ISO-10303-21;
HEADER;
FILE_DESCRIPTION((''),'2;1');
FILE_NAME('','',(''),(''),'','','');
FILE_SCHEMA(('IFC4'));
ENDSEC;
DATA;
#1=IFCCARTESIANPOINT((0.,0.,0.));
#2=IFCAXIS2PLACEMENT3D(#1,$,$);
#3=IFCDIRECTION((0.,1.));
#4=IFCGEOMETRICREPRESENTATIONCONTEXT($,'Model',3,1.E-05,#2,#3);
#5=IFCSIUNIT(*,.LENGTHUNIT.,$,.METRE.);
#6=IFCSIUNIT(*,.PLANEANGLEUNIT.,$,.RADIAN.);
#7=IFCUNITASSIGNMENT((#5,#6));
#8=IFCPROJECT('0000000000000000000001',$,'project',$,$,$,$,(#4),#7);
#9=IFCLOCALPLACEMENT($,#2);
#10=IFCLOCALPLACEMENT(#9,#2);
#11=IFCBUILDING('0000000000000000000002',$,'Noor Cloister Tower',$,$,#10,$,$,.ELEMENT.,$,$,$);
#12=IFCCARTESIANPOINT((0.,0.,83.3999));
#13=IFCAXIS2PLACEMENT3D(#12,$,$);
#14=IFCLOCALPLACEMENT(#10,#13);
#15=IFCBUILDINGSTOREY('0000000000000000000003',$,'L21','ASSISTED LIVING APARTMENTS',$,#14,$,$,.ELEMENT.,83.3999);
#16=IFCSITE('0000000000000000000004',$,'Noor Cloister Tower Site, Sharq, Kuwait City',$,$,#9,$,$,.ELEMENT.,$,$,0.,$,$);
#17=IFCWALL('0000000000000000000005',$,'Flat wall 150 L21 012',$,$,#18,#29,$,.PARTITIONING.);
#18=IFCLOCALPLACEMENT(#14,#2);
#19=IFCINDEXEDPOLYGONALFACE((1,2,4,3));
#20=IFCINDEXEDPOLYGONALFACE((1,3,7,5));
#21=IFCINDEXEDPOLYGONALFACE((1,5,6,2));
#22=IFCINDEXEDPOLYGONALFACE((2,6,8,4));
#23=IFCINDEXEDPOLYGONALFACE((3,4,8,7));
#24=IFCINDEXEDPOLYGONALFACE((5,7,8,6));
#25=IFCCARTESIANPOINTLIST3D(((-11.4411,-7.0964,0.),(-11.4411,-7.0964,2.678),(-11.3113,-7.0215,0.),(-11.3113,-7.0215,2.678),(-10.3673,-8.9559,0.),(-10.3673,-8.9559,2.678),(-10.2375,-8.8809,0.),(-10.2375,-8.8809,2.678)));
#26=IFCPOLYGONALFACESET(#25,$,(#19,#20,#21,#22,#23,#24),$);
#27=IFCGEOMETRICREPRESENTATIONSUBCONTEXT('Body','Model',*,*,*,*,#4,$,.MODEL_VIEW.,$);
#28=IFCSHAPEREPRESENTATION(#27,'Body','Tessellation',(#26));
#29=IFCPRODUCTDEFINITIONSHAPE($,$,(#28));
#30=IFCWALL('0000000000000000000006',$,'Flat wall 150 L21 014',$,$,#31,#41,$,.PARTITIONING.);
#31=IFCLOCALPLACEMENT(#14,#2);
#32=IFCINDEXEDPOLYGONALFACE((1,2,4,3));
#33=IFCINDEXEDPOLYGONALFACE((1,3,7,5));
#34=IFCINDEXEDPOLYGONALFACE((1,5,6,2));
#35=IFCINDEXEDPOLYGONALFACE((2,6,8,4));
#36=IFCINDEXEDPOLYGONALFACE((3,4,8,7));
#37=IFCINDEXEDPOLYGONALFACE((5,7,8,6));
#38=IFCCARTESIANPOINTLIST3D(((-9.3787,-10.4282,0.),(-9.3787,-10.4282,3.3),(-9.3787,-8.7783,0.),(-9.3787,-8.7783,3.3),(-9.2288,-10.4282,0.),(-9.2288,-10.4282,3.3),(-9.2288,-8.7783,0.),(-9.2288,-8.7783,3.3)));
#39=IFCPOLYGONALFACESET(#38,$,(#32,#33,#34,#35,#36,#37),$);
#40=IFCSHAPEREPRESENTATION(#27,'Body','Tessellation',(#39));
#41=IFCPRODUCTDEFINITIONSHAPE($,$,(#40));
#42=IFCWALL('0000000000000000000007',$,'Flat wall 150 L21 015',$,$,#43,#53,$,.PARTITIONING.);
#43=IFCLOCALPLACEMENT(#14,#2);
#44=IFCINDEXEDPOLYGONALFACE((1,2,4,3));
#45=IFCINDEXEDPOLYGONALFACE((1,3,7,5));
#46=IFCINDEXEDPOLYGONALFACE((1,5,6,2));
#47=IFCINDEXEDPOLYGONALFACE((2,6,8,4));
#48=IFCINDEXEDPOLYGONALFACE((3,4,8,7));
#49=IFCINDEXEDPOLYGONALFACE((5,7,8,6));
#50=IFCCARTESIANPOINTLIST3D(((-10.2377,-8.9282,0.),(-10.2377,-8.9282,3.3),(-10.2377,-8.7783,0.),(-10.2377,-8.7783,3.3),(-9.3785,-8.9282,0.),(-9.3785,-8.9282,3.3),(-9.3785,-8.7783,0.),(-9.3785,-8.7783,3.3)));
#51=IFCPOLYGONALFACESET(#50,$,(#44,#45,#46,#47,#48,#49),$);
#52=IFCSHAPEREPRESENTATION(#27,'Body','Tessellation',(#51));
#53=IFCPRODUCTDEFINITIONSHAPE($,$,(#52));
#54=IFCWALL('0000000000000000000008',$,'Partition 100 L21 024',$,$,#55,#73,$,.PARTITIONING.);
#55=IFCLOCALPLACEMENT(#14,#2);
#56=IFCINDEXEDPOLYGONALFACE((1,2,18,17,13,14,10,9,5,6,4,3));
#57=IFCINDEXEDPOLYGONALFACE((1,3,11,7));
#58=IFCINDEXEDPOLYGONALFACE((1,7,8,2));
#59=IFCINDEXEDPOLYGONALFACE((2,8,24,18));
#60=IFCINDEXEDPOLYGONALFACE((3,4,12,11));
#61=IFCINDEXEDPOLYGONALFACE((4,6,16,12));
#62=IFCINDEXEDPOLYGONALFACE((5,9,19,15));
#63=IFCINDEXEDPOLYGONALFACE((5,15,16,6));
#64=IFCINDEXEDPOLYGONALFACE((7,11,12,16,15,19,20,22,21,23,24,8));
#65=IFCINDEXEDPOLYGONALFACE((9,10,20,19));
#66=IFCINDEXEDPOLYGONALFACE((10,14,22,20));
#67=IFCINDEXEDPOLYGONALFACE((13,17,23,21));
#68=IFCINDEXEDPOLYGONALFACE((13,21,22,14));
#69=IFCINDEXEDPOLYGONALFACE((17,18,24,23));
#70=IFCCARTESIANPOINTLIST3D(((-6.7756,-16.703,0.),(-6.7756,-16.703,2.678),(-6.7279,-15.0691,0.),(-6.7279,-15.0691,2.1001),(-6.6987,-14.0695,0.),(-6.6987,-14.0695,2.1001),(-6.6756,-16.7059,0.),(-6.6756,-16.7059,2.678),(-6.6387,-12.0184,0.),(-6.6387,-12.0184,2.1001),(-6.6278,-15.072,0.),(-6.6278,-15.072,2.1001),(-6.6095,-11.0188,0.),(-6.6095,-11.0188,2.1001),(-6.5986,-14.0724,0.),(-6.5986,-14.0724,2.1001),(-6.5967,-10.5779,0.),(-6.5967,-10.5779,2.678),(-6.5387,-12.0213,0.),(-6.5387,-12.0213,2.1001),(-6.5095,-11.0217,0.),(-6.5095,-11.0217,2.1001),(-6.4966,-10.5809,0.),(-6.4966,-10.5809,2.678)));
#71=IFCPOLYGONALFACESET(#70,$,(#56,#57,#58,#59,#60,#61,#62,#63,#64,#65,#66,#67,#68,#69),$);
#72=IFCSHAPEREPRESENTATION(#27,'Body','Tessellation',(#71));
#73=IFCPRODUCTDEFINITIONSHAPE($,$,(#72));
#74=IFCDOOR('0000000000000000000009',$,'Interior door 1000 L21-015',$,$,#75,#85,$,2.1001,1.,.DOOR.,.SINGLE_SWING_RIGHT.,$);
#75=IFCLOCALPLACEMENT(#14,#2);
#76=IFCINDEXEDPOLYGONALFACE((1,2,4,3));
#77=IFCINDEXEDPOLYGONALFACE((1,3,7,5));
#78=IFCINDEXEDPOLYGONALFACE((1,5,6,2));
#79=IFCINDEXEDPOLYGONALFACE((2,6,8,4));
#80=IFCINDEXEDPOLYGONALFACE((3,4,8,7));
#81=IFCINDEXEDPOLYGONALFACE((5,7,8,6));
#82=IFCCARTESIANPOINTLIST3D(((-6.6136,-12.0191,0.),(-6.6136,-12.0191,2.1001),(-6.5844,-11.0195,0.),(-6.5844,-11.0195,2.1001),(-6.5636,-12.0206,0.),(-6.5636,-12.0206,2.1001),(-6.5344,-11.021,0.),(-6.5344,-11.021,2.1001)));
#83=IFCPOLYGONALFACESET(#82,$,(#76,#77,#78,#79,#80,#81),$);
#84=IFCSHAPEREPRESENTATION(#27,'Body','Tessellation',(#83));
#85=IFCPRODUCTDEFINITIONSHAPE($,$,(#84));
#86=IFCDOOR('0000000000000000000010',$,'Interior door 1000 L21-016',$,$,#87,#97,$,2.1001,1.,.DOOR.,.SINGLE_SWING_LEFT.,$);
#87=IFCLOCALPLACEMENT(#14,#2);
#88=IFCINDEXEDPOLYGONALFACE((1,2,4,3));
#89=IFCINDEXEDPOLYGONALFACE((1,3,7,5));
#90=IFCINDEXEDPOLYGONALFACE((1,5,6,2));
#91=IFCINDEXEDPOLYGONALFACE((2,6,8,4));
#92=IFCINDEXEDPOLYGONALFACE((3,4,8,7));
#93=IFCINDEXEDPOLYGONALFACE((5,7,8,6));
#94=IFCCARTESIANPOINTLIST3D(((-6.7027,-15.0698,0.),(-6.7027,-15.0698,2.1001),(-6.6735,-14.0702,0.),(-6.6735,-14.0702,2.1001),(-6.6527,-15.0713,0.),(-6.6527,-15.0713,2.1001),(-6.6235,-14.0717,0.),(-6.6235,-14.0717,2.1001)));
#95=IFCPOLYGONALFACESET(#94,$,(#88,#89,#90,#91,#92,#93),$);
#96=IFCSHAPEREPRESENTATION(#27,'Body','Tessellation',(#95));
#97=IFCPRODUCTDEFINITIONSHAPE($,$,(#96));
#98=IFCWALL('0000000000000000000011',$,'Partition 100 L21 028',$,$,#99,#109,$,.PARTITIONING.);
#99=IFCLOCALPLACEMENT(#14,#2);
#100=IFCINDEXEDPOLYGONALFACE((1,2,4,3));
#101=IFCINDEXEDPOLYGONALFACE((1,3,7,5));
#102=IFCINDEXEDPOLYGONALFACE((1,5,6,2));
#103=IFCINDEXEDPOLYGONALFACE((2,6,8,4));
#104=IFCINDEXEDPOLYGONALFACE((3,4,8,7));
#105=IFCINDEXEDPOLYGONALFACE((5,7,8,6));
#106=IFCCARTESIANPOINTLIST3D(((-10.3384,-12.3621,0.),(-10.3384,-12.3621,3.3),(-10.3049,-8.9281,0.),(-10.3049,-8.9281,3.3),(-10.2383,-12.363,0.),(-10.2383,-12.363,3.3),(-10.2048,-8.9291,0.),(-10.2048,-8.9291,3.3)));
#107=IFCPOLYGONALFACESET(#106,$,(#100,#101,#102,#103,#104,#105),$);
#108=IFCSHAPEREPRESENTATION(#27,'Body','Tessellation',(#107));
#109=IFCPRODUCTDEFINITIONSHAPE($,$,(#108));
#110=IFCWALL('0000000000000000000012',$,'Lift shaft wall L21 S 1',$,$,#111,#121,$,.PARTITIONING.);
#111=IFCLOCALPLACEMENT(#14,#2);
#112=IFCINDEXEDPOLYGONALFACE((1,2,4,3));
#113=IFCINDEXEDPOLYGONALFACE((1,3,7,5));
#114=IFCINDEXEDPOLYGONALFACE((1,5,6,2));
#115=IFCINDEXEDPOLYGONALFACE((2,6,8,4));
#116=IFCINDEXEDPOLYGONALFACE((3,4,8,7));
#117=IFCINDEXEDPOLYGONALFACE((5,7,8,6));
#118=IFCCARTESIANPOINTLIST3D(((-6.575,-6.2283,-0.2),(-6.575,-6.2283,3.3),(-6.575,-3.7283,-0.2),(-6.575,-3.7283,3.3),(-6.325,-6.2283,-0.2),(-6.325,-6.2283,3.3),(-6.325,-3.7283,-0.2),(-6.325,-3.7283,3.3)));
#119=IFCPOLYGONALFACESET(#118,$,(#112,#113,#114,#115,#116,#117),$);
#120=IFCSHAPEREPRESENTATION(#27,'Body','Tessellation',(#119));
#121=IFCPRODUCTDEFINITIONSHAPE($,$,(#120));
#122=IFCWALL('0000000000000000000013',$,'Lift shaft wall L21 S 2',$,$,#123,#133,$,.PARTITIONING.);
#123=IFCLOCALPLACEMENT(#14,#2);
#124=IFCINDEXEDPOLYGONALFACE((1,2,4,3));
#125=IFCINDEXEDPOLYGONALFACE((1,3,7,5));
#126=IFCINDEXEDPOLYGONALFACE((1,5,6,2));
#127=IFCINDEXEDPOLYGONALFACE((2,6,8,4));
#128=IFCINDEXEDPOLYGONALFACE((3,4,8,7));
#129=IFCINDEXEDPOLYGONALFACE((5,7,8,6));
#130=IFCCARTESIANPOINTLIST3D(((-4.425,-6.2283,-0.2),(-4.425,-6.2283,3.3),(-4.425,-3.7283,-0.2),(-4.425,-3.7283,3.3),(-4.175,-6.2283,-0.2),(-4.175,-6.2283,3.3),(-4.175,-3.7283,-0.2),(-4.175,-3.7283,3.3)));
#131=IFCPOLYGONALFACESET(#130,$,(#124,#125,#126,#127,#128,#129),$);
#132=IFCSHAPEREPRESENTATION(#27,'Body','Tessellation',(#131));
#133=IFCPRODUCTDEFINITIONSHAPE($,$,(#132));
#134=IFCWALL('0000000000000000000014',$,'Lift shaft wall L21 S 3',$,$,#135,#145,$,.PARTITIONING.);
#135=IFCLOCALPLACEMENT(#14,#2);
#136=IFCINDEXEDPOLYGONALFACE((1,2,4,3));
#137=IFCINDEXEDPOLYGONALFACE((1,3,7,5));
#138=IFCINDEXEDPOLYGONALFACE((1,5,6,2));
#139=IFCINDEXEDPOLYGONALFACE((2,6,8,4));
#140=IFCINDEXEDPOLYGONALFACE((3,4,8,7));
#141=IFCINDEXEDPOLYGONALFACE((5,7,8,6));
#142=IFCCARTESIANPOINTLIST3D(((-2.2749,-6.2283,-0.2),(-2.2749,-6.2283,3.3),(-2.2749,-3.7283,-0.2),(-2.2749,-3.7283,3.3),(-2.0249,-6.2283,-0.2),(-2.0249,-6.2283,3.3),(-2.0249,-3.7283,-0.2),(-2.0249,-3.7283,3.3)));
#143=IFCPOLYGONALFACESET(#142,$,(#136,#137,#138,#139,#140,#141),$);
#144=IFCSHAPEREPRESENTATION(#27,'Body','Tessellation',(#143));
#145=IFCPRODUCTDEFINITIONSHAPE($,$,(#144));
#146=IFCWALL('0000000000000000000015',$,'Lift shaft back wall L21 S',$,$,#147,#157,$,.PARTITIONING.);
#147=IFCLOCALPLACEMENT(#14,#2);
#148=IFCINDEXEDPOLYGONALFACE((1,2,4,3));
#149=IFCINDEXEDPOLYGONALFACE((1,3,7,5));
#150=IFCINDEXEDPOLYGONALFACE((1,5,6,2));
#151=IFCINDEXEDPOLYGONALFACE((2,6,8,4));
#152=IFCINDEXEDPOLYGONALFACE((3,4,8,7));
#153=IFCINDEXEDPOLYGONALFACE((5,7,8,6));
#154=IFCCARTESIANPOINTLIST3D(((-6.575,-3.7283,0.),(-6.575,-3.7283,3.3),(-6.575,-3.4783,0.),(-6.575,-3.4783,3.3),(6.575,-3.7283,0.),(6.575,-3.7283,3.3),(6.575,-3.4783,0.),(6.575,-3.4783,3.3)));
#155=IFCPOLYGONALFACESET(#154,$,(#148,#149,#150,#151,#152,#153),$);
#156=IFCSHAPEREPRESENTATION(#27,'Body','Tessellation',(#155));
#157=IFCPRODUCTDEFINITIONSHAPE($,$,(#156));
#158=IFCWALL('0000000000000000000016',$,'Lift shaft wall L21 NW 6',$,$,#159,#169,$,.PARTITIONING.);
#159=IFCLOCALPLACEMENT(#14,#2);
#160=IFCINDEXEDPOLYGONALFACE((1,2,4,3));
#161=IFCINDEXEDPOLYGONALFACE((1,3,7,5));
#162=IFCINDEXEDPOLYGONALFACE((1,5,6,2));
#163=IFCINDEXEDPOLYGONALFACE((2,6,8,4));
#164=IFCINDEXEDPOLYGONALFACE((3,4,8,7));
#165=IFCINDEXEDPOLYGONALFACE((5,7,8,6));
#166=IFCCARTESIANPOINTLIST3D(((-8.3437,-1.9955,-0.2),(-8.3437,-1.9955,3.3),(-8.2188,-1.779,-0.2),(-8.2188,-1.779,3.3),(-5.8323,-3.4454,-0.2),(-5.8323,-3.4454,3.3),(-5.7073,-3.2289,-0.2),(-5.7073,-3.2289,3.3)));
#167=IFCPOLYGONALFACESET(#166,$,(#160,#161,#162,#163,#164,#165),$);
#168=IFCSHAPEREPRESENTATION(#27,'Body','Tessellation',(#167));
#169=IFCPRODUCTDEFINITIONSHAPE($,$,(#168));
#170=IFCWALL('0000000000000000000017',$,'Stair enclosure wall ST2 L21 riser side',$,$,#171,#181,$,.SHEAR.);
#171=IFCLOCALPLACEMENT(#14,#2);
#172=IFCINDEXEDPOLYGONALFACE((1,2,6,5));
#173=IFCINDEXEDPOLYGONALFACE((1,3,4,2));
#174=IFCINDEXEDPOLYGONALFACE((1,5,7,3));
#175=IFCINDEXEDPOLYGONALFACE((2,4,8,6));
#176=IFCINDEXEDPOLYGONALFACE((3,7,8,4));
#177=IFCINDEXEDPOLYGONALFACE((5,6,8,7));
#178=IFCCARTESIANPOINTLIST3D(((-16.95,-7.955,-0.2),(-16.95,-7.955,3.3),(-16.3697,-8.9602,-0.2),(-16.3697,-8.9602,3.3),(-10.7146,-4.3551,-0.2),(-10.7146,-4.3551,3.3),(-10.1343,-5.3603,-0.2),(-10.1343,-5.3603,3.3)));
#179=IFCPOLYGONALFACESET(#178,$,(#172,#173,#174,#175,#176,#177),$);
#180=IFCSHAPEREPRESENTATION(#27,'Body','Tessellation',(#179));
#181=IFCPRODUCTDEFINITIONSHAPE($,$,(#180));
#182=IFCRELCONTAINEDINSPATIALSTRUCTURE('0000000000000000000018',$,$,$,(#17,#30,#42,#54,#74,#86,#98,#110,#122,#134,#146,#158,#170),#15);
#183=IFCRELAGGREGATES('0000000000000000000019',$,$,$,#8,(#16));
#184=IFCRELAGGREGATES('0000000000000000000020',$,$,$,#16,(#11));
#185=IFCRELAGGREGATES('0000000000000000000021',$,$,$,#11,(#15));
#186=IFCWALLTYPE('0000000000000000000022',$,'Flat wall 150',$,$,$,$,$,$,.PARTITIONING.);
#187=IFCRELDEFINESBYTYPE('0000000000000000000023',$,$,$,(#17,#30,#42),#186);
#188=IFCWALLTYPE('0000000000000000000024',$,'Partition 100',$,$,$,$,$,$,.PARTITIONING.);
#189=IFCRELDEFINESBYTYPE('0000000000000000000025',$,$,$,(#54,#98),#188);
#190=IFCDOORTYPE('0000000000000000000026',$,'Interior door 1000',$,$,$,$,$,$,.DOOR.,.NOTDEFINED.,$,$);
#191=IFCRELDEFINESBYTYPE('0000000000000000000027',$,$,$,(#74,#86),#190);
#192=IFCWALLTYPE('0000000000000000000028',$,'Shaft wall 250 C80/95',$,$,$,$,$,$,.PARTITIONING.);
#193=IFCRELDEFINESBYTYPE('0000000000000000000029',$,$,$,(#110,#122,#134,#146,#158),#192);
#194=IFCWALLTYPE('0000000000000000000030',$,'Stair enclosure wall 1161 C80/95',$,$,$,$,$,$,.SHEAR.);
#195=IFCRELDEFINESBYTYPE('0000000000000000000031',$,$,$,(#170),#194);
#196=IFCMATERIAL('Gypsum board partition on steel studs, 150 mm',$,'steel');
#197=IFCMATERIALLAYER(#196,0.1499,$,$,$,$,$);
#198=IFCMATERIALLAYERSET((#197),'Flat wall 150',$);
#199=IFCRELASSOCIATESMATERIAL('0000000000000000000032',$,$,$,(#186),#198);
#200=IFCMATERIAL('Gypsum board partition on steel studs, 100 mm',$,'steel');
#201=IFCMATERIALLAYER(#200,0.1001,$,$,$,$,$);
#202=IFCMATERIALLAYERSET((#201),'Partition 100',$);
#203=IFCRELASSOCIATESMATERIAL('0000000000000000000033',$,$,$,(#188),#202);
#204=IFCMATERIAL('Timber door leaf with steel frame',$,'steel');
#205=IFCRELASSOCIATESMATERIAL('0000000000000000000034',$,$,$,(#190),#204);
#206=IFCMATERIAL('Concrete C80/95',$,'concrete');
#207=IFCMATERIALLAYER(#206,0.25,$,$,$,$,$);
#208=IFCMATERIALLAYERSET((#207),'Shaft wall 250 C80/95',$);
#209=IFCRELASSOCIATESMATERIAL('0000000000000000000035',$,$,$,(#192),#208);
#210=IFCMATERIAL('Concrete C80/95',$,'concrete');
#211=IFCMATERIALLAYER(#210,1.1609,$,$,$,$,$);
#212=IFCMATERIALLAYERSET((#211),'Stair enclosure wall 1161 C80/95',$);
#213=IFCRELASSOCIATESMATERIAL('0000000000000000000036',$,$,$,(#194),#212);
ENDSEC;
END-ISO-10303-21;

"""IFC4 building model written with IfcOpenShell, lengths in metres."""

from ifc_helpers import new_model, si_unit, direction, frame, frame_2d, origin, place, context, subcontext, project, spatial, rectangle, extrude, material, layer, layer_set, type_object, element, fill, save


model = new_model("IFC4")

# Units and contexts
model_context = context("Model", 3, precision=1e-05, world=origin(), true_north=direction((0.0, 1.0)))
body_context = subcontext(model_context, "Body", "Model", "MODEL_VIEW")
ifc_project = project(units=[si_unit("LENGTHUNIT", "METRE"), si_unit("PLANEANGLEUNIT", "RADIAN")], contexts=[model_context])

# Site, building, storey
site_placement = place(None, origin())
site = spatial("IfcSite", under=ifc_project, at=site_placement, Name="Noor Cloister Tower Site, Sharq, Kuwait City", CompositionType="ELEMENT", RefElevation=0.0)
building_placement = place(site_placement, origin())
building = spatial("IfcBuilding", under=site, at=building_placement, Name="Noor Cloister Tower", CompositionType="ELEMENT")
storey_placement = place(building_placement, frame((0.0, 0.0, 83.3999)))
storey = spatial("IfcBuildingStorey", under=building, at=storey_placement, Name="L21", Description="ASSISTED LIVING APARTMENTS", CompositionType="ELEMENT", Elevation=83.3999)

# Walls
ifc_material_1 = material(Name="Gypsum board partition on steel studs, 150 mm", Category="steel")
ifc_layer_1 = layer(ifc_material_1, 0.1499)
ifc_layer_set_1 = layer_set([ifc_layer_1], Name="Flat wall 150")
wall_type_1 = type_object("IfcWallType", Name="Flat wall 150", PredefinedType="PARTITIONING", material=ifc_layer_set_1)
wall_1_placement = place(storey_placement, frame((-11.3762, -7.0588, 0.0), z_axis=(0.0, 0.0, 1.0), x_axis=(0.500077, -0.865981, 0.0)))
element("IfcWall", 1, at=wall_1_placement, inside=storey, type_object=wall_type_1, Name="Flat wall 150 L21 012", PredefinedType="PARTITIONING", context=body_context, shape_type="SweptSolid", body=[
    extrude(rectangle(XDim=2.1472, YDim=0.1499, at=frame_2d((1.0737, 0.0))), origin(), (0.0, 0.0, 1.0), 2.678),
])
wall_2_placement = place(storey_placement, frame((-9.3037, -10.4282, 0.0), z_axis=(0.0, 0.0, 1.0), x_axis=(0.0, 1.0, 0.0)))
element("IfcWall", 2, at=wall_2_placement, inside=storey, type_object=wall_type_1, Name="Flat wall 150 L21 014", PredefinedType="PARTITIONING", context=body_context, shape_type="SweptSolid", body=[
    extrude(rectangle(XDim=1.6499, YDim=0.1499, at=frame_2d((0.825, 0.0))), origin(), (0.0, 0.0, 1.0), 3.3),
])
wall_3_placement = place(storey_placement, frame((-10.2378, -8.8533, 0.0), z_axis=(0.0, 0.0, 1.0), x_axis=(1.0, 0.0, 0.0)))
element("IfcWall", 3, at=wall_3_placement, inside=storey, type_object=wall_type_1, Name="Flat wall 150 L21 015", PredefinedType="PARTITIONING", context=body_context, shape_type="SweptSolid", body=[
    extrude(rectangle(XDim=0.8591, YDim=0.1499, at=frame_2d((0.4297, 0.0))), origin(), (0.0, 0.0, 1.0), 3.3),
])

# Wall, openings, doors
ifc_material_2 = material(Name="Gypsum board partition on steel studs, 100 mm", Category="steel")
ifc_layer_2 = layer(ifc_material_2, 0.1001)
ifc_layer_set_2 = layer_set([ifc_layer_2], Name="Partition 100")
wall_type_2 = type_object("IfcWallType", Name="Partition 100", PredefinedType="PARTITIONING", material=ifc_layer_set_2)
wall_4_placement = place(storey_placement, frame((-6.7256, -16.7046, 0.0), z_axis=(0.0, 0.0, 1.0), x_axis=(0.029205, 0.999573, 0.0)))
wall_4 = element("IfcWall", 4, at=wall_4_placement, inside=storey, type_object=wall_type_2, Name="Partition 100 L21 024", PredefinedType="PARTITIONING", context=body_context, shape_type="SweptSolid", body=[
    extrude(rectangle(XDim=6.1277, YDim=0.1001, at=frame_2d((3.064, 0.0))), origin(), (0.0, 0.0, 1.0), 2.678),
])
opening_1_placement = place(wall_4_placement, frame((4.6868, 0.0, 0.0)))
opening_1 = element("IfcOpeningElement", 5, at=opening_1_placement, cuts=wall_4, PredefinedType="OPENING", context=body_context, shape_type="SweptSolid", body=[
    extrude(rectangle(XDim=1.0, YDim=2.1001, at=frame_2d((0.5, 1.05))), frame((0.0, 0.0601, 0.0), z_axis=(0.0, -1.0, 0.0), x_axis=(1.0, 0.0, 0.0)), (0.0, 0.0, 1.0), 0.1201),
])
opening_2_placement = place(wall_4_placement, frame((1.6348, 0.0, 0.0)))
opening_2 = element("IfcOpeningElement", 6, at=opening_2_placement, cuts=wall_4, PredefinedType="OPENING", context=body_context, shape_type="SweptSolid", body=[
    extrude(rectangle(XDim=1.0, YDim=2.1001, at=frame_2d((0.5, 1.05))), frame((0.0, 0.0601, 0.0), z_axis=(0.0, -1.0, 0.0), x_axis=(1.0, 0.0, 0.0)), (0.0, 0.0, 1.0), 0.1201),
])
ifc_material_3 = material(Name="Timber door leaf with steel frame", Category="steel")
door_type_1 = type_object("IfcDoorType", Name="Interior door 1000", OperationType="NOTDEFINED", PredefinedType="DOOR", material=ifc_material_3)
door_1_placement = place(opening_1_placement, origin())
door_1 = element("IfcDoor", 7, at=door_1_placement, inside=storey, type_object=door_type_1, Name="Interior door 1000 L21-015", OperationType="SINGLE_SWING_RIGHT", OverallHeight=2.1001, OverallWidth=1.0, PredefinedType="DOOR", context=body_context, shape_type="SweptSolid", body=[
    extrude(rectangle(XDim=1.0, YDim=2.1001, at=frame_2d((0.5, 1.05))), frame((0.0, 0.0249, 0.0), z_axis=(0.0, -1.0, 0.0), x_axis=(1.0, 0.0, 0.0)), (0.0, 0.0, 1.0), 0.05),
])
fill(opening_1, door_1)
door_2_placement = place(opening_2_placement, origin())
door_2 = element("IfcDoor", 8, at=door_2_placement, inside=storey, type_object=door_type_1, Name="Interior door 1000 L21-016", OperationType="SINGLE_SWING_LEFT", OverallHeight=2.1001, OverallWidth=1.0, PredefinedType="DOOR", context=body_context, shape_type="SweptSolid", body=[
    extrude(rectangle(XDim=1.0, YDim=2.1001, at=frame_2d((0.5, 1.05))), frame((0.0, 0.0249, 0.0), z_axis=(0.0, -1.0, 0.0), x_axis=(1.0, 0.0, 0.0)), (0.0, 0.0, 1.0), 0.05),
])
fill(opening_2, door_2)

# Walls
wall_5_placement = place(storey_placement, frame((-10.2883, -12.3625, 0.0), z_axis=(0.0, 0.0, 1.0), x_axis=(0.00974, 0.999953, 0.0)))
element("IfcWall", 9, at=wall_5_placement, inside=storey, type_object=wall_type_2, Name="Partition 100 L21 028", PredefinedType="PARTITIONING", context=body_context, shape_type="SweptSolid", body=[
    extrude(rectangle(XDim=3.4341, YDim=0.1001, at=frame_2d((1.717, 0.0))), origin(), (0.0, 0.0, 1.0), 3.3),
])
ifc_material_4 = material(Name="Concrete C80/95", Category="concrete")
ifc_layer_3 = layer(ifc_material_4, 0.25)
ifc_layer_set_3 = layer_set([ifc_layer_3], Name="Shaft wall 250 C80/95")
wall_type_3 = type_object("IfcWallType", Name="Shaft wall 250 C80/95", PredefinedType="PARTITIONING", material=ifc_layer_set_3)
for number, where, z_axis, x_axis, name in (
    (10, (-6.45, -6.2283, -0.2), (0.0, 0.0, 1.0), (0.0, 1.0, 0.0), "Lift shaft wall L21 S 1"),
    (11, (-4.3, -6.2283, -0.2), (0.0, 0.0, 1.0), (0.0, 1.0, 0.0), "Lift shaft wall L21 S 2"),
    (12, (-2.1499, -6.2283, -0.2), (0.0, 0.0, 1.0), (0.0, 1.0, 0.0), "Lift shaft wall L21 S 3"),
):
    element("IfcWall", number, at=place(storey_placement, frame(where, z_axis=z_axis, x_axis=x_axis)), inside=storey, type_object=wall_type_3, Name=name, PredefinedType="PARTITIONING", context=body_context, shape_type="SweptSolid", body=[
        extrude(rectangle(XDim=2.5, YDim=0.25, at=frame_2d((1.25, 0.0))), origin(), (0.0, 0.0, 1.0), 3.5),
    ])
wall_6_placement = place(storey_placement, frame((-6.575, -3.6033, 0.0), z_axis=(0.0, 0.0, 1.0), x_axis=(1.0, 0.0, 0.0)))
element("IfcWall", 13, at=wall_6_placement, inside=storey, type_object=wall_type_3, Name="Lift shaft back wall L21 S", PredefinedType="PARTITIONING", context=body_context, shape_type="SweptSolid", body=[
    extrude(rectangle(XDim=13.1499, YDim=0.25, at=frame_2d((6.575, 0.0))), origin(), (0.0, 0.0, 1.0), 3.3),
])
wall_7_placement = place(storey_placement, frame((-8.2812, -1.8872, -0.2), z_axis=(0.0, 0.0, 1.0), x_axis=(0.866033, -0.499987, 0.0)))
element("IfcWall", 14, at=wall_7_placement, inside=storey, type_object=wall_type_3, Name="Lift shaft wall L21 NW 6", PredefinedType="PARTITIONING", context=body_context, shape_type="SweptSolid", body=[
    extrude(rectangle(XDim=2.8999, YDim=0.25, at=frame_2d((1.45, 0.0))), origin(), (0.0, 0.0, 1.0), 3.5),
])
ifc_material_5 = material(Name="Concrete C80/95", Category="concrete")
ifc_layer_4 = layer(ifc_material_5, 1.1609)
ifc_layer_set_4 = layer_set([ifc_layer_4], Name="Stair enclosure wall 1161 C80/95")
wall_type_4 = type_object("IfcWallType", Name="Stair enclosure wall 1161 C80/95", PredefinedType="SHEAR", material=ifc_layer_set_4)
wall_8_placement = place(storey_placement, frame((-10.4243, -4.8577, -0.2), z_axis=(0.0, 0.0, 1.0), x_axis=(-0.866033, -0.499987, 0.0)))
element("IfcWall", 15, at=wall_8_placement, inside=storey, type_object=wall_type_4, Name="Stair enclosure wall ST2 L21 riser side", PredefinedType="SHEAR", context=body_context, shape_type="SweptSolid", body=[
    extrude(rectangle(XDim=7.2, YDim=1.1606, at=frame_2d((3.6001, 0.0))), origin(), (0.0, 0.0, 1.0), 3.5),
])

save(model, "model.ifc")
